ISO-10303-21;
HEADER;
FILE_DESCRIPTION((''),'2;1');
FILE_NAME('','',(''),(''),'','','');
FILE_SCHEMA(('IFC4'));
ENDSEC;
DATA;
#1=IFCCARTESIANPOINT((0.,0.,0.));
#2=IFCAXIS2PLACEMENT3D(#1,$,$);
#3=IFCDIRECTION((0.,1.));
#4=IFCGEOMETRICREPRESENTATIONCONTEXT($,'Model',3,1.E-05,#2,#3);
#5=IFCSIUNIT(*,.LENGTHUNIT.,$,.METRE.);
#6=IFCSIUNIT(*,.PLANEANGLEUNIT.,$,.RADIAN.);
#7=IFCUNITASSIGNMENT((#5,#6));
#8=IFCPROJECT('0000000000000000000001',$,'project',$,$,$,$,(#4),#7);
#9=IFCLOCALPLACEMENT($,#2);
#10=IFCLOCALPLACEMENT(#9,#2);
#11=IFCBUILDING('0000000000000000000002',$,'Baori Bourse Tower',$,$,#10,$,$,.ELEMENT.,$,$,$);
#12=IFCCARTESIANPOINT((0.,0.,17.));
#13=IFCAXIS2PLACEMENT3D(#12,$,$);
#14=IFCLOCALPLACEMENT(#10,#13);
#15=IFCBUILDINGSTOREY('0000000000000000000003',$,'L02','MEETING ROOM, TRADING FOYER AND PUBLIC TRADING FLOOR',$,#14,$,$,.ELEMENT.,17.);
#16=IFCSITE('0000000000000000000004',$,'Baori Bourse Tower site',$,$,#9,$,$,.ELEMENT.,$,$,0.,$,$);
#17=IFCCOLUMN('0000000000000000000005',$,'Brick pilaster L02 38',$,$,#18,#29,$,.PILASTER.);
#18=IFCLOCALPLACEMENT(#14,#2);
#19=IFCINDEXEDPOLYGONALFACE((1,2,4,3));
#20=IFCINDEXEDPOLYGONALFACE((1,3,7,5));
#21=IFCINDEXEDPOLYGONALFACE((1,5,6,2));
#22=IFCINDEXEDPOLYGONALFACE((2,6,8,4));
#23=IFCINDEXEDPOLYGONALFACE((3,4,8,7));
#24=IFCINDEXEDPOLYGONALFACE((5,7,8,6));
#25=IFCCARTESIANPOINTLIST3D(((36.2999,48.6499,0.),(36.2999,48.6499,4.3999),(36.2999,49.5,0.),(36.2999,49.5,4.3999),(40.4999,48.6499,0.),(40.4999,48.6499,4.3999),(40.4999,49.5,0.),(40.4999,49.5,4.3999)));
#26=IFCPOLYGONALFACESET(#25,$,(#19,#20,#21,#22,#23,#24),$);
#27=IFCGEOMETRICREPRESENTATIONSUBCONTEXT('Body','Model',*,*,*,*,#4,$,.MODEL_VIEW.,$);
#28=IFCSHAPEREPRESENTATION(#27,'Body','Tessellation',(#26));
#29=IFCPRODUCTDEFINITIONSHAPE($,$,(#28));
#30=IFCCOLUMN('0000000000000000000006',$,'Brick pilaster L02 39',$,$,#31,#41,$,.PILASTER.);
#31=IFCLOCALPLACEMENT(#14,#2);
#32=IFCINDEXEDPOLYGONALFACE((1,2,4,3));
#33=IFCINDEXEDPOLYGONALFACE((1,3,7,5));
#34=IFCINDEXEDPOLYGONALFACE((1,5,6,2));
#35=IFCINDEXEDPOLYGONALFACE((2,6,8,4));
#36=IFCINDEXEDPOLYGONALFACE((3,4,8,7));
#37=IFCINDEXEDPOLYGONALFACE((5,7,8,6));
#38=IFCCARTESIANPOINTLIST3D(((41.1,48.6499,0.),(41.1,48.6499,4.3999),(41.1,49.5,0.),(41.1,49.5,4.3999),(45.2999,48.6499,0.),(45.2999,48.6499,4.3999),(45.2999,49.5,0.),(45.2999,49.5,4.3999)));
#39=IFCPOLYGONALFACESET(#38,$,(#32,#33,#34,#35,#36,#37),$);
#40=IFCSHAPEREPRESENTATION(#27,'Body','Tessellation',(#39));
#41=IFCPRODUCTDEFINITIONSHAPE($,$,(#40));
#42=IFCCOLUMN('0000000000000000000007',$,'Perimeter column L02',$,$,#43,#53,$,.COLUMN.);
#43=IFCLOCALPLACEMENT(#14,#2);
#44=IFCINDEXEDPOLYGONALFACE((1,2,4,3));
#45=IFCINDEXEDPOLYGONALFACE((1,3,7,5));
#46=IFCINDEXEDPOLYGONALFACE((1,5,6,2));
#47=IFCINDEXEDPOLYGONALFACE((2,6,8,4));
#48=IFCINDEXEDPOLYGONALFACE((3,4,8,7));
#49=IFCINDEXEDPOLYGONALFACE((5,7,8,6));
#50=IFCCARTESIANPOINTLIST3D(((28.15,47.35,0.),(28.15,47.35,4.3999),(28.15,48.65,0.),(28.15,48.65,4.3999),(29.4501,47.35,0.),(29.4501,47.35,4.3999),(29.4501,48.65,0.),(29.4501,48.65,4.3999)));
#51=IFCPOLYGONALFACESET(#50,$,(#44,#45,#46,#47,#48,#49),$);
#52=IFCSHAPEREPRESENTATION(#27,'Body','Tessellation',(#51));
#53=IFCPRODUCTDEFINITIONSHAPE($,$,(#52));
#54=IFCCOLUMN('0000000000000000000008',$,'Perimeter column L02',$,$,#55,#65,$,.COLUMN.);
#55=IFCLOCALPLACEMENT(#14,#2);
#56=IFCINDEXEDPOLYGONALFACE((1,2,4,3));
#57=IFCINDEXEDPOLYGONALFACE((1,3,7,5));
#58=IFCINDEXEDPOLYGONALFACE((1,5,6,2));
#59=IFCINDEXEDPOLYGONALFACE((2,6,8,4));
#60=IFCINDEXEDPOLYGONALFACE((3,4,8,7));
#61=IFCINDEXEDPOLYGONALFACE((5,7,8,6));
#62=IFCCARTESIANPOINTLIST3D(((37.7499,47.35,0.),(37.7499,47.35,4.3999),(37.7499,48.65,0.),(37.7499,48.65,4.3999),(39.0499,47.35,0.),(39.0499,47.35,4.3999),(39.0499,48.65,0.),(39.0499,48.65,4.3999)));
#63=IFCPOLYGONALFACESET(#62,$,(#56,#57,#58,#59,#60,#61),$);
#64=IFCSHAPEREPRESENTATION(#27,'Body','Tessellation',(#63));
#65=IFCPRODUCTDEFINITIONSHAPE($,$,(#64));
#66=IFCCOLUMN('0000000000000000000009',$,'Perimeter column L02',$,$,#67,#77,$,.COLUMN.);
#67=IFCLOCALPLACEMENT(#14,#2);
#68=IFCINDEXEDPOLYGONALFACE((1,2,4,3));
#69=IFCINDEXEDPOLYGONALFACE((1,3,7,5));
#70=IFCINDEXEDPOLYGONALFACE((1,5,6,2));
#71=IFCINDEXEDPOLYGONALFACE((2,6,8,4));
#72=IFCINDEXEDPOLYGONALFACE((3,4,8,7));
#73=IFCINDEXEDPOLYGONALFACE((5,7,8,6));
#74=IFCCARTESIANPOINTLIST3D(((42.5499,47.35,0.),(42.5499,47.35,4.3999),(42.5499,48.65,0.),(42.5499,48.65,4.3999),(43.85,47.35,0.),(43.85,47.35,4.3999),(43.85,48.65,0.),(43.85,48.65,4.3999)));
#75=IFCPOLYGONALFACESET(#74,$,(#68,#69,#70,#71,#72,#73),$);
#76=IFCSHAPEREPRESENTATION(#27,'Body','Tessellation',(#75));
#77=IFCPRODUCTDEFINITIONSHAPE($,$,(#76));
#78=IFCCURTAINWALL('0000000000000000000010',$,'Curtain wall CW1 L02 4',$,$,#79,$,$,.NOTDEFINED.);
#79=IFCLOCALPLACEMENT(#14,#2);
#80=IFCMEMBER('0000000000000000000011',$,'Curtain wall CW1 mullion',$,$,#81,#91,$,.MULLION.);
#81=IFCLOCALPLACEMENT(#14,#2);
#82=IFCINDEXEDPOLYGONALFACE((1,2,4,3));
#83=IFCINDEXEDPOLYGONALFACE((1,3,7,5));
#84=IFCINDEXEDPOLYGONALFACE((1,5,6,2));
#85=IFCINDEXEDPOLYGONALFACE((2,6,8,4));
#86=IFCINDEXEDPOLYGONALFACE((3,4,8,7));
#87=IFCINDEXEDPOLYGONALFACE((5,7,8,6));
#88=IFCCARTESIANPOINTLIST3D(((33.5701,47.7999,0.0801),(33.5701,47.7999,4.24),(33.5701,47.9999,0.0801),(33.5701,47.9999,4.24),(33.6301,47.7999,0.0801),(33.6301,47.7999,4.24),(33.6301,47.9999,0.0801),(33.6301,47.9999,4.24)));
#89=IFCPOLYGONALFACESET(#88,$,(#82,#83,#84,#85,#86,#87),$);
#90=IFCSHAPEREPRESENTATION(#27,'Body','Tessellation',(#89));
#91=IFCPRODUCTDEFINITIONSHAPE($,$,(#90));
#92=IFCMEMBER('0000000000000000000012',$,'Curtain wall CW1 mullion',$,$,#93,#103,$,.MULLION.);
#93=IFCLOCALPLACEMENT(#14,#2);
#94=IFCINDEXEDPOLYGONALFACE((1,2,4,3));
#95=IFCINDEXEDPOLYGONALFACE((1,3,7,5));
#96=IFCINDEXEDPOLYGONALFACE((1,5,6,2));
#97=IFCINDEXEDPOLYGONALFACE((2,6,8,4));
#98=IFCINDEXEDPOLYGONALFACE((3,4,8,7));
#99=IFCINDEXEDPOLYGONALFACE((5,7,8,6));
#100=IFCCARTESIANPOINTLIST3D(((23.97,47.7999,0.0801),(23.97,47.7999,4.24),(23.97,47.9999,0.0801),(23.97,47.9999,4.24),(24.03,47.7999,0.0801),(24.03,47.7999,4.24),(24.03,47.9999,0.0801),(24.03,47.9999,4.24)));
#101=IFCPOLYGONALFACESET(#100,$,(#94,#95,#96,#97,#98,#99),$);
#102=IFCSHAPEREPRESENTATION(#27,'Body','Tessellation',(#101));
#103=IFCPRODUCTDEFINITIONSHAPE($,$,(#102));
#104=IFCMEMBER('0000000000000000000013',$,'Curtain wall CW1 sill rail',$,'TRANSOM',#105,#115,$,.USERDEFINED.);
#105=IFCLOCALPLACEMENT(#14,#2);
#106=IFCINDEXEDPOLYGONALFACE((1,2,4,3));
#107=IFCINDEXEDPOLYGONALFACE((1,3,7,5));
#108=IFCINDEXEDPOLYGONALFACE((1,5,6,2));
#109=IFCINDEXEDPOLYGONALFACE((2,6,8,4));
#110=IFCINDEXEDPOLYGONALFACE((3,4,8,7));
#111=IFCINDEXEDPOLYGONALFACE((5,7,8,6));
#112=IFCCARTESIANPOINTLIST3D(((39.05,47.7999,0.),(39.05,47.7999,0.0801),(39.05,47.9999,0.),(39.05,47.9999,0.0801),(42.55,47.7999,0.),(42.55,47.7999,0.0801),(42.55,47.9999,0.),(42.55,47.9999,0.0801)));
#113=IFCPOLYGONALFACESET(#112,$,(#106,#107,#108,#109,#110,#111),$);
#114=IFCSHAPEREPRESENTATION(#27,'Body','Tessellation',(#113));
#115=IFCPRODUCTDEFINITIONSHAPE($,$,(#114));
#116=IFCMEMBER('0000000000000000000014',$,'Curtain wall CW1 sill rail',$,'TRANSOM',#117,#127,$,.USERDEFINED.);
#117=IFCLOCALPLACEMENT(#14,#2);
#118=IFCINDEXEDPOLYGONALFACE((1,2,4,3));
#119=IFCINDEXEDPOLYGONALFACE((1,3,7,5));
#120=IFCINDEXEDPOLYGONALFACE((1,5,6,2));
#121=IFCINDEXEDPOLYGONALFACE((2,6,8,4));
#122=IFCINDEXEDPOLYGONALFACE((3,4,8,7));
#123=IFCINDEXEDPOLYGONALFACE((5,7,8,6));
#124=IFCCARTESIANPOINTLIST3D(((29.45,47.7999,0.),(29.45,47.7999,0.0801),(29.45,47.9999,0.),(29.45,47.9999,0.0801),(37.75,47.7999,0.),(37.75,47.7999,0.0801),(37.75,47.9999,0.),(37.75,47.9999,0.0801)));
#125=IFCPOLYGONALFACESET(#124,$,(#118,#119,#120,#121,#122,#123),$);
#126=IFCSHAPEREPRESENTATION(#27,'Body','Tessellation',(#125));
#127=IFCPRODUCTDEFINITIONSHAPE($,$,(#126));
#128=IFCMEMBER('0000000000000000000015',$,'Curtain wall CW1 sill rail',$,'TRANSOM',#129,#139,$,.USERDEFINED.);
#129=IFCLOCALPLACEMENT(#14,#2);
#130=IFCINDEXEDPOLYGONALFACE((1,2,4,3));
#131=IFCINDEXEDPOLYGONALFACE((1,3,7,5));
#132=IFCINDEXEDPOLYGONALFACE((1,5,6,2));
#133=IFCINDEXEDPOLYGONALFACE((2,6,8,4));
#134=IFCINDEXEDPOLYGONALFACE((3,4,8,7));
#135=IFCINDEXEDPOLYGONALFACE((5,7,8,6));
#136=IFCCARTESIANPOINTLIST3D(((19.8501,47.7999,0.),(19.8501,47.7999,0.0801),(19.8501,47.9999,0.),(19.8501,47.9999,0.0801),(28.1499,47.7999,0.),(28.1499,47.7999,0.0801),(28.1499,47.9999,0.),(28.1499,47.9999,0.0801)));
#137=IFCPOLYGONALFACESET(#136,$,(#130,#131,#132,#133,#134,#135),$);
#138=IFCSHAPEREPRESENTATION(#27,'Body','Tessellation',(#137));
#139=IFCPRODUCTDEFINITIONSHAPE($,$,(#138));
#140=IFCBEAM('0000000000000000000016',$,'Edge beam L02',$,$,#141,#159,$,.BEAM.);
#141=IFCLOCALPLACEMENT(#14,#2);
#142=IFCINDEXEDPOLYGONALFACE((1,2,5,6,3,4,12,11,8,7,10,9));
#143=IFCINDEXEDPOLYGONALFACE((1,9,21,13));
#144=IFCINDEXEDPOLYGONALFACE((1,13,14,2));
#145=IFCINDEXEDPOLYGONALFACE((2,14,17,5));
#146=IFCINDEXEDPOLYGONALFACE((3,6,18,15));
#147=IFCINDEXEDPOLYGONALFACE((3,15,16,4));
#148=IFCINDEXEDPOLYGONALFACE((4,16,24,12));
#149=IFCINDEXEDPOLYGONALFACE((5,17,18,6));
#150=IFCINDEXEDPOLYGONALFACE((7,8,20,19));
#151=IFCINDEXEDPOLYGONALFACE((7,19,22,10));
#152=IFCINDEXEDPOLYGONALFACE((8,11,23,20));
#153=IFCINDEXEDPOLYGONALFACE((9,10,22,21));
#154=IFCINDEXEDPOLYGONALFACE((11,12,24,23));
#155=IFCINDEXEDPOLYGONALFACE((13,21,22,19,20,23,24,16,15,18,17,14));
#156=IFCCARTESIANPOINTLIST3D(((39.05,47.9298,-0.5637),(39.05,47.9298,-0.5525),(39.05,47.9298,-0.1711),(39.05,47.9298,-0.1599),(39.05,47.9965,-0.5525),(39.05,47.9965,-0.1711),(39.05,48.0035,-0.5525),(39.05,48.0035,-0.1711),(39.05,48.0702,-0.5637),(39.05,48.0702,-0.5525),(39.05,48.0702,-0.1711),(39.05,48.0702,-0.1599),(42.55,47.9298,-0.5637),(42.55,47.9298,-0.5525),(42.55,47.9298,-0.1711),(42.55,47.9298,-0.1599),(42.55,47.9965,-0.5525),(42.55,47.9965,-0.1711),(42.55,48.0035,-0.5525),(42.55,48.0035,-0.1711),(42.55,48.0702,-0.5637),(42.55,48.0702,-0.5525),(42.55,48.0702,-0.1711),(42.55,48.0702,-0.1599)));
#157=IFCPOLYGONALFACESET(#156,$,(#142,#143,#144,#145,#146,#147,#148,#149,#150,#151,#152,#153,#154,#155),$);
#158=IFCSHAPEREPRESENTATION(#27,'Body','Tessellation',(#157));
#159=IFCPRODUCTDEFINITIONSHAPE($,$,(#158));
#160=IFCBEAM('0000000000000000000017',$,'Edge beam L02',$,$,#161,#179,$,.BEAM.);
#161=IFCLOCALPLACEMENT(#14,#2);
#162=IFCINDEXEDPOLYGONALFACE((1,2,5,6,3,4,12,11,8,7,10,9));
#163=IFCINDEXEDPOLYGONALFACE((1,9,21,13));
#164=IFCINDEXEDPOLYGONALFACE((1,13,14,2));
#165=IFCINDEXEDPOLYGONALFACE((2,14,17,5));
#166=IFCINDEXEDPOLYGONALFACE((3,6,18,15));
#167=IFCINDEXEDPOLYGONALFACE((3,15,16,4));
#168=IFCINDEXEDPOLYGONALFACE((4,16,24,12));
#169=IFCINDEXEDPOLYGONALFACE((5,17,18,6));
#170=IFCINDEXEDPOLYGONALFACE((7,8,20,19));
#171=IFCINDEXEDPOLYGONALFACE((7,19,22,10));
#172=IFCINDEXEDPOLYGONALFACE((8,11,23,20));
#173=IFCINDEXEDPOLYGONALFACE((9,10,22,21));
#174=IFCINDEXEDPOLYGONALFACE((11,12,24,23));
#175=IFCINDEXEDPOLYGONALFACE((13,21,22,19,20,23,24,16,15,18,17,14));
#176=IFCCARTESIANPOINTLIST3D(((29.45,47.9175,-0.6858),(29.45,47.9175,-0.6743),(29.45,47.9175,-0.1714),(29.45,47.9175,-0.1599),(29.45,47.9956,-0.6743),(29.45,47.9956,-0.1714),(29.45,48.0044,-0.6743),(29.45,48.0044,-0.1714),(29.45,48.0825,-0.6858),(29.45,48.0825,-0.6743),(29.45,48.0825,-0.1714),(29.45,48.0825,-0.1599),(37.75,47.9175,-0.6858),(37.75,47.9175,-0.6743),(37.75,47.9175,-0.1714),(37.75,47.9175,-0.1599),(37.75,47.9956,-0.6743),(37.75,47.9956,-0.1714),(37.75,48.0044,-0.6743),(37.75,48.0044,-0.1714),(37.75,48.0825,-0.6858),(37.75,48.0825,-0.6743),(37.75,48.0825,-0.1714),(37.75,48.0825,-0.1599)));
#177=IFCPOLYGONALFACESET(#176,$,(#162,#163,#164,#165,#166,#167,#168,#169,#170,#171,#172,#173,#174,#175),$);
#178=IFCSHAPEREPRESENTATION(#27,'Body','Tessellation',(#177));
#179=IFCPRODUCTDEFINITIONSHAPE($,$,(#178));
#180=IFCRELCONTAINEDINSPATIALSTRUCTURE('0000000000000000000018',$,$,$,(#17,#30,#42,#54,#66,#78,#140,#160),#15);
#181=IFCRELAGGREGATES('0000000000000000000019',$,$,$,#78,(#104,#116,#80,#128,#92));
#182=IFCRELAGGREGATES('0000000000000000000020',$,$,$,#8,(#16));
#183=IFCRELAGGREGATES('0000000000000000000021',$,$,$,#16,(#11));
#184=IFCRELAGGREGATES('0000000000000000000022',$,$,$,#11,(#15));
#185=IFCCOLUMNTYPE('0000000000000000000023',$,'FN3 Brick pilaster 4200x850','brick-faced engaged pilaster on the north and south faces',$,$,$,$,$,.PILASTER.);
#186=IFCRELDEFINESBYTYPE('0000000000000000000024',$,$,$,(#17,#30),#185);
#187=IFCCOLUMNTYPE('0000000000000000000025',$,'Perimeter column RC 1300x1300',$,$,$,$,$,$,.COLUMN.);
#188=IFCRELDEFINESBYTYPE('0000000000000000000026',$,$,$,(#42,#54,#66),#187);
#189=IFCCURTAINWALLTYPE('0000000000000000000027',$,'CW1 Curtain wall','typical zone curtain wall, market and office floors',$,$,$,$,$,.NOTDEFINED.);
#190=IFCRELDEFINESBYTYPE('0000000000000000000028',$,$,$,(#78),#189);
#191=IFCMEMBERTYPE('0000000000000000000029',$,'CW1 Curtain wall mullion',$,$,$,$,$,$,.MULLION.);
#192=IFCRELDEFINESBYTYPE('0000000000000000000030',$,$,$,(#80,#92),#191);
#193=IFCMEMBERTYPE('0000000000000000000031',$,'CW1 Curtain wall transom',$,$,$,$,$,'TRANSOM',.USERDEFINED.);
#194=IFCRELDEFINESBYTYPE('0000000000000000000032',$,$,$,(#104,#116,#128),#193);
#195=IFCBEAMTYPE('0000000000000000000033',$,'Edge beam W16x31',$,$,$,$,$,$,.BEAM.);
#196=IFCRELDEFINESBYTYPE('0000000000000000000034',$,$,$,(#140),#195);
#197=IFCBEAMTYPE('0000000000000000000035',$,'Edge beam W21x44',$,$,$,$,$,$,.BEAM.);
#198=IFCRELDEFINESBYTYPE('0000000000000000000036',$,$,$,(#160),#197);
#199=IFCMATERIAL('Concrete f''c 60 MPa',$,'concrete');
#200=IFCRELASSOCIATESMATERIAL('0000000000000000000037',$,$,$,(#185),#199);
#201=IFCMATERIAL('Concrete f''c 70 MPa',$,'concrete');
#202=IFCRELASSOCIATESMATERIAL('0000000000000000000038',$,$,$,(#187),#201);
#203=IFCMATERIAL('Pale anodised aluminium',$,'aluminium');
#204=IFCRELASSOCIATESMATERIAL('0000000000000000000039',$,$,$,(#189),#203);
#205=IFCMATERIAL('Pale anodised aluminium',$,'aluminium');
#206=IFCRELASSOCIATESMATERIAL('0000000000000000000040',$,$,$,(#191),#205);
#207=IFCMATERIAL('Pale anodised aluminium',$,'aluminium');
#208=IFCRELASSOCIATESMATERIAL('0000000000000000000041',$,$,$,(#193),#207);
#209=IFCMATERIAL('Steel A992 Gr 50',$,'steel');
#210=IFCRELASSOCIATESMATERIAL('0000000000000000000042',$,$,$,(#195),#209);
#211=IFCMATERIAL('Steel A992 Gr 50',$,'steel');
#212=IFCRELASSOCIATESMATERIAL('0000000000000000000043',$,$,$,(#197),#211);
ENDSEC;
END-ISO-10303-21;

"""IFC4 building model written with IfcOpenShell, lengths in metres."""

from ifc_helpers import new_model, si_unit, direction, frame, origin, origin_2d, place, context, subcontext, project, spatial, rectangle, i_section, extrude, material, material_profile, profile_set, type_object, element, aggregate, save


model = new_model("IFC4")

# Units and contexts
model_context = context("Model", 3, precision=1e-05, world=origin(), true_north=direction((0.0, 1.0)))
body_context = subcontext(model_context, "Body", "Model", "MODEL_VIEW")
ifc_project = project(units=[si_unit("LENGTHUNIT", "METRE"), si_unit("PLANEANGLEUNIT", "RADIAN")], contexts=[model_context])

# Site, building, storey
site_placement = place(None, origin())
site = spatial("IfcSite", under=ifc_project, at=site_placement, Name="Baori Bourse Tower site", CompositionType="ELEMENT", RefElevation=0.0)
building_placement = place(site_placement, origin())
building = spatial("IfcBuilding", under=site, at=building_placement, Name="Baori Bourse Tower", CompositionType="ELEMENT")
storey_placement = place(building_placement, frame((0.0, 0.0, 17.0)))
storey = spatial("IfcBuildingStorey", under=building, at=storey_placement, Name="L02", Description="MEETING ROOM, TRADING FOYER AND PUBLIC TRADING FLOOR", CompositionType="ELEMENT", Elevation=17.0)

# Columns
ifc_material_1 = material(Name="Concrete f'c 60 MPa", Category="concrete")
ifc_material_profile_1 = material_profile(ifc_material_1, rectangle(XDim=4.2, YDim=0.8501, at=origin_2d()), Name="RC 4200x850")
ifc_profile_set_1 = profile_set([ifc_material_profile_1], Name="Concrete f'c 60 MPa")
column_type_1 = type_object("IfcColumnType", Name="FN3 Brick pilaster 4200x850", Description="brick-faced engaged pilaster on the north and south faces", PredefinedType="PILASTER", material=ifc_profile_set_1)
for number, where, z_axis, x_axis, name in (
    (1, (38.3999, 49.075, 0.0), (0.0, 0.0, 1.0), (1.0, 0.0, 0.0), "Brick pilaster L02 38"),
    (2, (43.2, 49.075, 0.0), (0.0, 0.0, 1.0), (1.0, 0.0, 0.0), "Brick pilaster L02 39"),
):
    element("IfcColumn", number, at=place(storey_placement, frame(where, z_axis=z_axis, x_axis=x_axis)), inside=storey, type_object=column_type_1, Name=name, PredefinedType="PILASTER", context=body_context, shape_type="SweptSolid", body=[
        extrude(rectangle(XDim=4.2, YDim=0.8501, at=origin_2d()), origin(), (0.0, 0.0, 1.0), 4.3999),
    ])
ifc_material_2 = material(Name="Concrete f'c 70 MPa", Category="concrete")
ifc_material_profile_2 = material_profile(ifc_material_2, rectangle(XDim=1.3, YDim=1.3, at=origin_2d()), Name="RC 1300x1300")
ifc_profile_set_2 = profile_set([ifc_material_profile_2], Name="Concrete f'c 70 MPa")
column_type_2 = type_object("IfcColumnType", Name="Perimeter column RC 1300x1300", PredefinedType="COLUMN", material=ifc_profile_set_2)
for number, where, z_axis, x_axis, name in (
    (3, (28.8, 48.0, 0.0), (0.0, 0.0, 1.0), (1.0, 0.0, 0.0), "Perimeter column L02"),
    (4, (38.3999, 48.0, 0.0), (0.0, 0.0, 1.0), (1.0, 0.0, 0.0), "Perimeter column L02"),
    (5, (43.2, 48.0, 0.0), (0.0, 0.0, 1.0), (1.0, 0.0, 0.0), "Perimeter column L02"),
):
    element("IfcColumn", number, at=place(storey_placement, frame(where, z_axis=z_axis, x_axis=x_axis)), inside=storey, type_object=column_type_2, Name=name, PredefinedType="COLUMN", context=body_context, shape_type="SweptSolid", body=[
        extrude(rectangle(XDim=1.3, YDim=1.3, at=origin_2d()), origin(), (0.0, 0.0, 1.0), 4.3999),
    ])

# Curtain wall, members
ifc_material_3 = material(Name="Pale anodised aluminium", Category="aluminium")
curtain_wall_type = type_object("IfcCurtainWallType", Name="CW1 Curtain wall", Description="typical zone curtain wall, market and office floors", PredefinedType="NOTDEFINED", material=ifc_material_3)
curtain_wall_placement = place(storey_placement, origin())
curtain_wall = element("IfcCurtainWall", 6, at=curtain_wall_placement, inside=storey, type_object=curtain_wall_type, Name="Curtain wall CW1 L02 4", PredefinedType="NOTDEFINED")
ifc_material_4 = material(Name="Pale anodised aluminium", Category="aluminium")
ifc_material_profile_3 = material_profile(ifc_material_4, rectangle(XDim=0.2, YDim=0.0601, at=origin_2d()), Name="Mullion 60x200")
ifc_profile_set_3 = profile_set([ifc_material_profile_3], Name="Pale anodised aluminium")
member_type_1 = type_object("IfcMemberType", Name="CW1 Curtain wall mullion", PredefinedType="MULLION", material=ifc_profile_set_3)
member_1_placement = place(storey_placement, frame((33.6001, 47.8999, 0.0801), z_axis=(0.0, 0.0, 1.0), x_axis=(0.0, -1.0, 0.0)))
member_1 = element("IfcMember", 7, at=member_1_placement, type_object=member_type_1, Name="Curtain wall CW1 mullion", PredefinedType="MULLION", context=body_context, shape_type="SweptSolid", body=[
    extrude(rectangle(XDim=0.2, YDim=0.0601, at=origin_2d()), origin(), (0.0, 0.0, 1.0), 4.1599),
])
member_2_placement = place(storey_placement, frame((24.0, 47.8999, 0.0801), z_axis=(0.0, 0.0, 1.0), x_axis=(0.0, -1.0, 0.0)))
member_2 = element("IfcMember", 8, at=member_2_placement, type_object=member_type_1, Name="Curtain wall CW1 mullion", PredefinedType="MULLION", context=body_context, shape_type="SweptSolid", body=[
    extrude(rectangle(XDim=0.2, YDim=0.0601, at=origin_2d()), origin(), (0.0, 0.0, 1.0), 4.1599),
])
ifc_material_5 = material(Name="Pale anodised aluminium", Category="aluminium")
ifc_material_profile_4 = material_profile(ifc_material_5, rectangle(XDim=0.2, YDim=0.0801, at=origin_2d()), Name="Transom 80x200")
ifc_profile_set_4 = profile_set([ifc_material_profile_4], Name="Pale anodised aluminium")
member_type_2 = type_object("IfcMemberType", Name="CW1 Curtain wall transom", ElementType="TRANSOM", PredefinedType="USERDEFINED", material=ifc_profile_set_4)
member_3_placement = place(storey_placement, frame((42.55, 47.8999, 0.04), z_axis=(-1.0, 0.0, 0.0), x_axis=(0.0, -1.0, 0.0)))
member_3 = element("IfcMember", 9, at=member_3_placement, type_object=member_type_2, Name="Curtain wall CW1 sill rail", ObjectType="TRANSOM", PredefinedType="USERDEFINED", context=body_context, shape_type="SweptSolid", body=[
    extrude(rectangle(XDim=0.2, YDim=0.0801, at=origin_2d()), origin(), (0.0, 0.0, 1.0), 3.5),
])
member_4_placement = place(storey_placement, frame((37.75, 47.8999, 0.04), z_axis=(-1.0, 0.0, 0.0), x_axis=(0.0, -1.0, 0.0)))
member_4 = element("IfcMember", 10, at=member_4_placement, type_object=member_type_2, Name="Curtain wall CW1 sill rail", ObjectType="TRANSOM", PredefinedType="USERDEFINED", context=body_context, shape_type="SweptSolid", body=[
    extrude(rectangle(XDim=0.2, YDim=0.0801, at=origin_2d()), origin(), (0.0, 0.0, 1.0), 8.3),
])
member_5_placement = place(storey_placement, frame((28.1499, 47.8999, 0.04), z_axis=(-1.0, 0.0, 0.0), x_axis=(0.0, -1.0, 0.0)))
member_5 = element("IfcMember", 11, at=member_5_placement, type_object=member_type_2, Name="Curtain wall CW1 sill rail", ObjectType="TRANSOM", PredefinedType="USERDEFINED", context=body_context, shape_type="SweptSolid", body=[
    extrude(rectangle(XDim=0.2, YDim=0.0801, at=origin_2d()), origin(), (0.0, 0.0, 1.0), 8.2998),
])

# Beams
ifc_material_6 = material(Name="Steel A992 Gr 50", Category="steel")
ifc_material_profile_5 = material_profile(ifc_material_6, i_section(OverallWidth=0.1404, OverallDepth=0.4038, WebThickness=0.0071, FlangeThickness=0.0112, at=origin_2d()), Name="W16x31")
ifc_profile_set_5 = profile_set([ifc_material_profile_5], Name="Steel A992 Gr 50")
beam_type_1 = type_object("IfcBeamType", Name="Edge beam W16x31", PredefinedType="BEAM", material=ifc_profile_set_5)
beam_1_placement = place(storey_placement, frame((39.05, 48.0, -0.3618), z_axis=(1.0, 0.0, 0.0), x_axis=(0.0, 1.0, 0.0)))
element("IfcBeam", 12, at=beam_1_placement, inside=storey, type_object=beam_type_1, Name="Edge beam L02", PredefinedType="BEAM", context=body_context, shape_type="SweptSolid", body=[
    extrude(i_section(OverallWidth=0.1404, OverallDepth=0.4038, WebThickness=0.0071, FlangeThickness=0.0112, at=origin_2d()), origin(), (0.0, 0.0, 1.0), 3.5),
])
ifc_material_7 = material(Name="Steel A992 Gr 50", Category="steel")
ifc_material_profile_6 = material_profile(ifc_material_7, i_section(OverallWidth=0.165, OverallDepth=0.5259, WebThickness=0.0088, FlangeThickness=0.0115, at=origin_2d()), Name="W21x44")
ifc_profile_set_6 = profile_set([ifc_material_profile_6], Name="Steel A992 Gr 50")
beam_type_2 = type_object("IfcBeamType", Name="Edge beam W21x44", PredefinedType="BEAM", material=ifc_profile_set_6)
beam_2_placement = place(storey_placement, frame((29.45, 48.0, -0.4229), z_axis=(1.0, 0.0, 0.0), x_axis=(0.0, 1.0, 0.0)))
element("IfcBeam", 13, at=beam_2_placement, inside=storey, type_object=beam_type_2, Name="Edge beam L02", PredefinedType="BEAM", context=body_context, shape_type="SweptSolid", body=[
    extrude(i_section(OverallWidth=0.165, OverallDepth=0.5259, WebThickness=0.0088, FlangeThickness=0.0115, at=origin_2d()), origin(), (0.0, 0.0, 1.0), 8.3),
])

aggregate(curtain_wall, [member_3, member_4, member_1, member_5, member_2])

save(model, "model.ifc")
